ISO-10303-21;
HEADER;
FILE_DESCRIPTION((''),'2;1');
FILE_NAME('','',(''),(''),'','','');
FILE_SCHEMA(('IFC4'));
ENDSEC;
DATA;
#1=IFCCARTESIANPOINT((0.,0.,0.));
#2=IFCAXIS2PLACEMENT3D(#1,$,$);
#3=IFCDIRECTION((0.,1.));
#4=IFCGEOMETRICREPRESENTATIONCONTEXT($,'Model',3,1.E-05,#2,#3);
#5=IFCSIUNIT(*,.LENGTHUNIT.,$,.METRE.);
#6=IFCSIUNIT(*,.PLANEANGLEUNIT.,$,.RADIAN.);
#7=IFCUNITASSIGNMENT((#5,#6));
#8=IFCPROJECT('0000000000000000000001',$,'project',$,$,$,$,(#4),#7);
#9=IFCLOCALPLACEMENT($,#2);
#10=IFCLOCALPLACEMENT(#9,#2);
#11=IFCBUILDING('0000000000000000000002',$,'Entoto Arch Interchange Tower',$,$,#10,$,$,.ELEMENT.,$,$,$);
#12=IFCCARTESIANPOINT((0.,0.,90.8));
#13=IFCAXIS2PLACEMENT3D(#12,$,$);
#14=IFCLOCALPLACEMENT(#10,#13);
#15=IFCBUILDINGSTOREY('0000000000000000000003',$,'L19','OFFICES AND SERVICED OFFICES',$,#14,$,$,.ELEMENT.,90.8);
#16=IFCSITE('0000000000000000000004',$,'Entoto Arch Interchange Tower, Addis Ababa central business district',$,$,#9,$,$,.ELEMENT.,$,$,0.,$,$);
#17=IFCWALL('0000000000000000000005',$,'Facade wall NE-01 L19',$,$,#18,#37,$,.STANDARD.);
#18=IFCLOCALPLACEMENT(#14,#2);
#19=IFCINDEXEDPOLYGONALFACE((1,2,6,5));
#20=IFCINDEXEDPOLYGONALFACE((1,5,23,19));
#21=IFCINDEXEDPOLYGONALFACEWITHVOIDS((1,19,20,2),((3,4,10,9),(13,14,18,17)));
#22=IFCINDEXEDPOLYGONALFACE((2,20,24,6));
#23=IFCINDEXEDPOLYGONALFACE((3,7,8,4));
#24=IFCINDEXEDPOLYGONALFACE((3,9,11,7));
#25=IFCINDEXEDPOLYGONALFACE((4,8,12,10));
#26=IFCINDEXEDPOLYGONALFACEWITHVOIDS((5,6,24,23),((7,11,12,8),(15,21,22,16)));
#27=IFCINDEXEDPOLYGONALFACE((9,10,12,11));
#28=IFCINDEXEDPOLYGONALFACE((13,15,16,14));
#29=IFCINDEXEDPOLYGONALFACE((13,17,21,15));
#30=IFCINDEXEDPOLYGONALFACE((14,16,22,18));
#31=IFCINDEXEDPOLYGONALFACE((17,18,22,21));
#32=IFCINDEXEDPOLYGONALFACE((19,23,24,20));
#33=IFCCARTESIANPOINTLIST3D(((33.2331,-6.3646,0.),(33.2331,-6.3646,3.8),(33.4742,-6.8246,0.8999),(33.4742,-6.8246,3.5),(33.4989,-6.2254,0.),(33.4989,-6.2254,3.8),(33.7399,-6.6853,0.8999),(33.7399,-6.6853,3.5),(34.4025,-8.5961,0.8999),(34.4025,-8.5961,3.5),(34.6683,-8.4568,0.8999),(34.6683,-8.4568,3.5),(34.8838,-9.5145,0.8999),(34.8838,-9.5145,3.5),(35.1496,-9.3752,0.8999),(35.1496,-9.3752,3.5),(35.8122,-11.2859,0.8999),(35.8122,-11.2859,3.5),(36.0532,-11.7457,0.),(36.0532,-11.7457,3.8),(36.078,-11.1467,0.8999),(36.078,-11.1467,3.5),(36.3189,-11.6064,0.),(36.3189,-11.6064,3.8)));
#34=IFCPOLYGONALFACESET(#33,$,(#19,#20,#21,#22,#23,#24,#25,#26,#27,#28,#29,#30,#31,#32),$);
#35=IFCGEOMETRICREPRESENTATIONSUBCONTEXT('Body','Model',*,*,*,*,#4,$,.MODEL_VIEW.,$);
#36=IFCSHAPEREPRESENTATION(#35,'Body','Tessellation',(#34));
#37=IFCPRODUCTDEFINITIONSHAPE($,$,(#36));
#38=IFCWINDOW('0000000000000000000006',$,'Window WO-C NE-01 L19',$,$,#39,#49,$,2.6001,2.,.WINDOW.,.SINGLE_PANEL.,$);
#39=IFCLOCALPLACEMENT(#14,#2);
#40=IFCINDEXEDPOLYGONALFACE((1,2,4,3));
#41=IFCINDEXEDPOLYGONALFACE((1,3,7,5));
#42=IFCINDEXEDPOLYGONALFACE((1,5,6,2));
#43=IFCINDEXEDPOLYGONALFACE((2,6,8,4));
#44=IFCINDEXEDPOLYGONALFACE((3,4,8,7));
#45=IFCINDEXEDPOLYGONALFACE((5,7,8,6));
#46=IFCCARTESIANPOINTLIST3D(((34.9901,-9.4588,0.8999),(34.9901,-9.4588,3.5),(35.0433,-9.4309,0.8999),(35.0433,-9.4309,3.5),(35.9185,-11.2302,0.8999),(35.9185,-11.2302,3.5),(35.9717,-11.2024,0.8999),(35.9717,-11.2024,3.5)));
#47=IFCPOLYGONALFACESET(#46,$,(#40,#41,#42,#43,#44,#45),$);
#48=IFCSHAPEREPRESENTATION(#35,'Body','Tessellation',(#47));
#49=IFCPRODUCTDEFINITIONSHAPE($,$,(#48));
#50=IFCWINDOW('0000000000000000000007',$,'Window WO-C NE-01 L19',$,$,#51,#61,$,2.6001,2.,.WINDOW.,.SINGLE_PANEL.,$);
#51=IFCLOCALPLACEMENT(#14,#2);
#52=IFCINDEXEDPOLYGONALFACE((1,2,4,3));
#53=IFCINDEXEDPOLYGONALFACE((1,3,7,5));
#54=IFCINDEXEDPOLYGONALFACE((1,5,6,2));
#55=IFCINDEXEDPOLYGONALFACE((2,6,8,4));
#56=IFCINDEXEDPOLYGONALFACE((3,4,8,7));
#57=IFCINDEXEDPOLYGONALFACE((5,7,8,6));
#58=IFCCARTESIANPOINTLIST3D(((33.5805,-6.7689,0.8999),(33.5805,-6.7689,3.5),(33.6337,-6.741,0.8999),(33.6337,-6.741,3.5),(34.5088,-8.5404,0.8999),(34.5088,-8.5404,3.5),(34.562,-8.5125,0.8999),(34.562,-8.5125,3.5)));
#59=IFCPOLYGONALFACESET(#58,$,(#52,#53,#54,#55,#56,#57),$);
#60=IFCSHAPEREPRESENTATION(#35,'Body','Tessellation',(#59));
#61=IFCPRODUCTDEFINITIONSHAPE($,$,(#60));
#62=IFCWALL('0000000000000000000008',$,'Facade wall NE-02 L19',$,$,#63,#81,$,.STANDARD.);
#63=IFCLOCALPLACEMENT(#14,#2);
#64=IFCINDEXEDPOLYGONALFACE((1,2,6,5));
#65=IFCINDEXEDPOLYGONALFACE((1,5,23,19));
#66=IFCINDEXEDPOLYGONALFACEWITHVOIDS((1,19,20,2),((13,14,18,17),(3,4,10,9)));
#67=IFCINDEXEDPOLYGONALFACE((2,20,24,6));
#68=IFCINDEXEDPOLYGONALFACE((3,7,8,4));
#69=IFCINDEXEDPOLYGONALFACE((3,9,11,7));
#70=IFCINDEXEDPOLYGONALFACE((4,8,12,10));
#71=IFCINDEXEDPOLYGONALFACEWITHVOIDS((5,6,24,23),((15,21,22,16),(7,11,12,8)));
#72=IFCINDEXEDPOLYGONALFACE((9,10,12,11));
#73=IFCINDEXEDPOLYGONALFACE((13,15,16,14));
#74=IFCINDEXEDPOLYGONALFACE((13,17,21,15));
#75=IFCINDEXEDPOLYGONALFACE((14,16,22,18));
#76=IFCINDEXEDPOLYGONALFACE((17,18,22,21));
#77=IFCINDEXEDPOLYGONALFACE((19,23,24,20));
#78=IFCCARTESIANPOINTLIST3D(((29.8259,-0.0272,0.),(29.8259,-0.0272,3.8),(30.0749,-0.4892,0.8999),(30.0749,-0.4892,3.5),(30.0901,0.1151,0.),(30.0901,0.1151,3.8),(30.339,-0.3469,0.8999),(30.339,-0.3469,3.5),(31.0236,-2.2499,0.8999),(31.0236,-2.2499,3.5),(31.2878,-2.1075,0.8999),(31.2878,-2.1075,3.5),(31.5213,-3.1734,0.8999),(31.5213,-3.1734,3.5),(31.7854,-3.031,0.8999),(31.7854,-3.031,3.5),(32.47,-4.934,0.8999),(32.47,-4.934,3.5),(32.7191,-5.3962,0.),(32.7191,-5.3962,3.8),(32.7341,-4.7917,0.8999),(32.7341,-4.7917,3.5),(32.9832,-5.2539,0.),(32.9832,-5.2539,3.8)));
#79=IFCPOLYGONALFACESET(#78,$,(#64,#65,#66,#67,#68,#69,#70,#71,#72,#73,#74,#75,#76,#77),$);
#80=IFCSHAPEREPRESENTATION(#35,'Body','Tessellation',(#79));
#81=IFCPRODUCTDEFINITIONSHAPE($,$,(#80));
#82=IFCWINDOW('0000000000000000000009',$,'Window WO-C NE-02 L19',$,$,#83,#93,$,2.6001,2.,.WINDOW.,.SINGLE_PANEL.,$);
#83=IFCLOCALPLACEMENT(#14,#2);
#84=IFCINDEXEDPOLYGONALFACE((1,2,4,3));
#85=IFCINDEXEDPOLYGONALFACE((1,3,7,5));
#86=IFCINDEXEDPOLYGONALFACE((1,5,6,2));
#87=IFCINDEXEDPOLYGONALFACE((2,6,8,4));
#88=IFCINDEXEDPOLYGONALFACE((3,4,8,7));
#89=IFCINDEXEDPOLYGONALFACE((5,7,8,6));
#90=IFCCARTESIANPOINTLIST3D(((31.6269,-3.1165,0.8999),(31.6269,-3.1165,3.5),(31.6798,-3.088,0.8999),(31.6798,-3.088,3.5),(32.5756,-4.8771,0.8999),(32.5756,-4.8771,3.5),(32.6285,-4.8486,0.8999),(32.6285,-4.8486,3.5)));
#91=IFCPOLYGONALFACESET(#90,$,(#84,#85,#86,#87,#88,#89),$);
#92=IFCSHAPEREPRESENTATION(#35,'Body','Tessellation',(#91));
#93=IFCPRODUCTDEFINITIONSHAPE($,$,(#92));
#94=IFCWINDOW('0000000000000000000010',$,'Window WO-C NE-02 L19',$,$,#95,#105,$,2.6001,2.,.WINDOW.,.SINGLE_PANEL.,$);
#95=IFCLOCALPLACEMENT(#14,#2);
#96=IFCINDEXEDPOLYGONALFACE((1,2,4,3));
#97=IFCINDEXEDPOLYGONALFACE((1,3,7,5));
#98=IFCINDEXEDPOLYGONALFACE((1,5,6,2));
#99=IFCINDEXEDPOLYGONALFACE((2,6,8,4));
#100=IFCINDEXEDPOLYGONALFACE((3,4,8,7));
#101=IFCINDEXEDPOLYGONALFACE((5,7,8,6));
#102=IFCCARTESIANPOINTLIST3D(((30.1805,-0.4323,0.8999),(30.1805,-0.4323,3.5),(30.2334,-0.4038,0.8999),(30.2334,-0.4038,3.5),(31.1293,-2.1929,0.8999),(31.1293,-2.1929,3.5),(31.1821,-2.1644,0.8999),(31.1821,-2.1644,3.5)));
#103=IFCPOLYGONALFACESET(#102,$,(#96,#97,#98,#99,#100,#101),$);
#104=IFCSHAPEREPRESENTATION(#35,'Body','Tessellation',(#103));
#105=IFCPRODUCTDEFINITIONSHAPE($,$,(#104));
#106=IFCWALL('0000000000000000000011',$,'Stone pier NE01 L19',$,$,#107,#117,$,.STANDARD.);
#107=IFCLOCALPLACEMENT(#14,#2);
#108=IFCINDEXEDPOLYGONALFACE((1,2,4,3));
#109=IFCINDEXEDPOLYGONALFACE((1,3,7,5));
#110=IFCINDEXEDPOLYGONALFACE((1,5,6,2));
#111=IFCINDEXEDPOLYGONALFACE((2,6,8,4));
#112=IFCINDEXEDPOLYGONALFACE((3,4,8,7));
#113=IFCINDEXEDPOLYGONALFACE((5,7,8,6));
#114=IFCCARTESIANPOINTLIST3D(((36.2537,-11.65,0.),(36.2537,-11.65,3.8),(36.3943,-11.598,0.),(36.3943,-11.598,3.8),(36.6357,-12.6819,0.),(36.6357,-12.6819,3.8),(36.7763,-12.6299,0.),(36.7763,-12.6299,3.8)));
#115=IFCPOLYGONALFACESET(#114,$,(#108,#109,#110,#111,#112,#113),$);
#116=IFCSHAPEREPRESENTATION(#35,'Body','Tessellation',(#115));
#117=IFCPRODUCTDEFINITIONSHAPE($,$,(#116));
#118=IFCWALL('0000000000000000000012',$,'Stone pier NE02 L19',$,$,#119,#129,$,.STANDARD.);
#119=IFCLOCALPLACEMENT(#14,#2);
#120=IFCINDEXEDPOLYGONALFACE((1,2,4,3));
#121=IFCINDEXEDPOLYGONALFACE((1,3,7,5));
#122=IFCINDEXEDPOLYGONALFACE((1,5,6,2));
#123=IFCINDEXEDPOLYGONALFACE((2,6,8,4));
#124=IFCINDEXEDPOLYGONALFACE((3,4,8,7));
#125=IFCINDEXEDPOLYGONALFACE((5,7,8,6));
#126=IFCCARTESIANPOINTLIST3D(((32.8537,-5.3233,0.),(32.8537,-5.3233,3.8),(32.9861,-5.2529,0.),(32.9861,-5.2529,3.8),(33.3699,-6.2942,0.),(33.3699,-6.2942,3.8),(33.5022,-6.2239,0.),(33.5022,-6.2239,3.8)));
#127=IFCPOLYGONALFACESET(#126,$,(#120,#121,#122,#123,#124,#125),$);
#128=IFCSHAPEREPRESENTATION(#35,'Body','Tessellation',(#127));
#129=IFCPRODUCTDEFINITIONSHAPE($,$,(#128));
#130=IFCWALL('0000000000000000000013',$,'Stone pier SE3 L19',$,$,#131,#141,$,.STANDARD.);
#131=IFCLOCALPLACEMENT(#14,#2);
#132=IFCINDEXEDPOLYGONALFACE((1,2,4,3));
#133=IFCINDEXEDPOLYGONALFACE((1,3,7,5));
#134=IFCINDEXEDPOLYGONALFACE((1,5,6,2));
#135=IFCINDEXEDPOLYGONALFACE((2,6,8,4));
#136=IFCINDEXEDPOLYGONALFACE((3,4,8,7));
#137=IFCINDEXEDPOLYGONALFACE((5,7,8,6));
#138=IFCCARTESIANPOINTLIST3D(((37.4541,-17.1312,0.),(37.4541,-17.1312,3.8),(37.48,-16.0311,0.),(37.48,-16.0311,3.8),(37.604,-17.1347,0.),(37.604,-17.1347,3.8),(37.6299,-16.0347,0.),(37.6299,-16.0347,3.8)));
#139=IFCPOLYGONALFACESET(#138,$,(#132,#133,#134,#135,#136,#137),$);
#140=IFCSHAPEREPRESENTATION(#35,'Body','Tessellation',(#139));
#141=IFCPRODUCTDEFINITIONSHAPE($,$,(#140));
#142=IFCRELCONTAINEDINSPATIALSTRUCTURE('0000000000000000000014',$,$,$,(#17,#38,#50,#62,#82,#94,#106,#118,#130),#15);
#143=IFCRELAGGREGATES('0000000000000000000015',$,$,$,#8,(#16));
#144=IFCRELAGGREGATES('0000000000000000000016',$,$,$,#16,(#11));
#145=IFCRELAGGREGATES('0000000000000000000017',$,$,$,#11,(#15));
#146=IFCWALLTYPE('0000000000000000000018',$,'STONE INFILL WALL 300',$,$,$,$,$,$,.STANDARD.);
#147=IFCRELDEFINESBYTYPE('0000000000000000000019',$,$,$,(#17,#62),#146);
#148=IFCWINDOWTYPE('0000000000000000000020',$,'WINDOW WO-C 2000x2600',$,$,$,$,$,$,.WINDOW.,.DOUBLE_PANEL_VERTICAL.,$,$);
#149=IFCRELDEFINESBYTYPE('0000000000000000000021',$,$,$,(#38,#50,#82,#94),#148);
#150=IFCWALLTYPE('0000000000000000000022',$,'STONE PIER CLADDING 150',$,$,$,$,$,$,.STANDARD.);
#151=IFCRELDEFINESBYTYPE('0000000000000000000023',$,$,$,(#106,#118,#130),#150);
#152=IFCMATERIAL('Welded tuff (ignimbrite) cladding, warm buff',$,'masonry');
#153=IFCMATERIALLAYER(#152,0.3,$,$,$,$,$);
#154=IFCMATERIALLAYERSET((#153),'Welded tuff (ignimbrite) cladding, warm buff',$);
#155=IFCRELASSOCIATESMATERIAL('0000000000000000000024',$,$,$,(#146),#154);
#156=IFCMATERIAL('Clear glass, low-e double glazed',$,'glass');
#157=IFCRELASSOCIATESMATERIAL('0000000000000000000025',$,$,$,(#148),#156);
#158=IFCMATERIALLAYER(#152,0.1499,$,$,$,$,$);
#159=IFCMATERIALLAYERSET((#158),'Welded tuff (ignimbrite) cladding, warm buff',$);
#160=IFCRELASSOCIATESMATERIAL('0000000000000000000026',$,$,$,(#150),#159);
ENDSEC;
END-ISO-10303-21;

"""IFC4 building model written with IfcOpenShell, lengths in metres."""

from ifc_helpers import new_model, si_unit, direction, frame, frame_2d, origin, place, context, subcontext, project, spatial, rectangle, extrude, material, layer, layer_set, type_object, element, fill, save


model = new_model("IFC4")

# Units and contexts
model_context = context("Model", 3, precision=1e-05, world=origin(), true_north=direction((0.0, 1.0)))
body_context = subcontext(model_context, "Body", "Model", "MODEL_VIEW")
ifc_project = project(units=[si_unit("LENGTHUNIT", "METRE"), si_unit("PLANEANGLEUNIT", "RADIAN")], contexts=[model_context])

# Site, building, storey
site_placement = place(None, origin())
site = spatial("IfcSite", under=ifc_project, at=site_placement, Name="Entoto Arch Interchange Tower, Addis Ababa central business district", CompositionType="ELEMENT", RefElevation=0.0)
building_placement = place(site_placement, origin())
building = spatial("IfcBuilding", under=site, at=building_placement, Name="Entoto Arch Interchange Tower", CompositionType="ELEMENT")
storey_placement = place(building_placement, frame((0.0, 0.0, 90.8)))
storey = spatial("IfcBuildingStorey", under=building, at=storey_placement, Name="L19", Description="OFFICES AND SERVICED OFFICES", CompositionType="ELEMENT", Elevation=90.8)

# Shared definitions
ifc_material_1 = material(Name="Welded tuff (ignimbrite) cladding, warm buff", Category="masonry")
ifc_layer_1 = layer(ifc_material_1, 0.3)
ifc_layer_set_1 = layer_set([ifc_layer_1], Name="Welded tuff (ignimbrite) cladding, warm buff")
wall_type_1 = type_object("IfcWallType", Name="STONE INFILL WALL 300", PredefinedType="STANDARD", material=ifc_layer_set_1)
ifc_material_2 = material(Name="Clear glass, low-e double glazed", Category="glass")

# Walls, openings, windows
wall_1_placement = place(storey_placement, frame((36.186, -11.676, 0.0), z_axis=(0.0, 0.0, 1.0), x_axis=(-0.464187, 0.885737, 0.0)))
wall_1 = element("IfcWall", 1, at=wall_1_placement, inside=storey, type_object=wall_type_1, Name="Facade wall NE-01 L19", PredefinedType="STANDARD", context=body_context, shape_type="SweptSolid", body=[
    extrude(rectangle(XDim=6.0752, YDim=0.3, at=frame_2d((3.0376, 0.0))), origin(), (0.0, 0.0, 1.0), 3.8),
])
opening_1_placement = place(wall_1_placement, frame((0.519, 0.0, 0.8999)))
opening_1 = element("IfcOpeningElement", 2, at=opening_1_placement, cuts=wall_1, PredefinedType="OPENING", context=body_context, shape_type="SweptSolid", body=[
    extrude(rectangle(XDim=2.0, YDim=2.6001, at=frame_2d((1.0, 1.3))), frame((0.0, 0.1602, 0.0), z_axis=(0.0, -1.0, 0.0), x_axis=(1.0, 0.0, 0.0)), (0.0, 0.0, 1.0), 0.3201),
])
opening_2_placement = place(wall_1_placement, frame((3.5559, 0.0, 0.8999)))
opening_2 = element("IfcOpeningElement", 3, at=opening_2_placement, cuts=wall_1, PredefinedType="OPENING", context=body_context, shape_type="SweptSolid", body=[
    extrude(rectangle(XDim=2.0, YDim=2.6001, at=frame_2d((1.0, 1.3))), frame((0.0, 0.1602, 0.0), z_axis=(0.0, -1.0, 0.0), x_axis=(1.0, 0.0, 0.0)), (0.0, 0.0, 1.0), 0.3201),
])
window_type_1 = type_object("IfcWindowType", Name="WINDOW WO-C 2000x2600", PartitioningType="DOUBLE_PANEL_VERTICAL", PredefinedType="WINDOW", material=ifc_material_2)
window_1_placement = place(opening_1_placement, origin())
window_1 = element("IfcWindow", 4, at=window_1_placement, inside=storey, type_object=window_type_1, Name="Window WO-C NE-01 L19", OverallHeight=2.6001, OverallWidth=2.0, PartitioningType="SINGLE_PANEL", PredefinedType="WINDOW", context=body_context, shape_type="SweptSolid", body=[
    extrude(rectangle(XDim=2.0, YDim=2.6001, at=frame_2d((1.0, 1.3))), frame((0.0, 0.03, 0.0), z_axis=(0.0, -1.0, 0.0), x_axis=(1.0, 0.0, 0.0)), (0.0, 0.0, 1.0), 0.0601),
])
fill(opening_1, window_1)
window_2_placement = place(opening_2_placement, origin())
window_2 = element("IfcWindow", 5, at=window_2_placement, inside=storey, type_object=window_type_1, Name="Window WO-C NE-01 L19", OverallHeight=2.6001, OverallWidth=2.0, PartitioningType="SINGLE_PANEL", PredefinedType="WINDOW", context=body_context, shape_type="SweptSolid", body=[
    extrude(rectangle(XDim=2.0, YDim=2.6001, at=frame_2d((1.0, 1.3))), frame((0.0, 0.03, 0.0), z_axis=(0.0, -1.0, 0.0), x_axis=(1.0, 0.0, 0.0)), (0.0, 0.0, 1.0), 0.0601),
])
fill(opening_2, window_2)
wall_2_placement = place(storey_placement, frame((32.8511, -5.325, 0.0), z_axis=(0.0, 0.0, 1.0), x_axis=(-0.47437, 0.880326, 0.0)))
wall_2 = element("IfcWall", 6, at=wall_2_placement, inside=storey, type_object=wall_type_1, Name="Facade wall NE-02 L19", PredefinedType="STANDARD", context=body_context, shape_type="SweptSolid", body=[
    extrude(rectangle(XDim=6.0989, YDim=0.3, at=frame_2d((3.0493, 0.0))), origin(), (0.0, 0.0, 1.0), 3.8),
])
opening_3_placement = place(wall_2_placement, frame((0.5249, 0.0, 0.8999)))
opening_3 = element("IfcOpeningElement", 7, at=opening_3_placement, cuts=wall_2, PredefinedType="OPENING", context=body_context, shape_type="SweptSolid", body=[
    extrude(rectangle(XDim=2.0, YDim=2.6001, at=frame_2d((1.0, 1.3))), frame((0.0, 0.1602, 0.0), z_axis=(0.0, -1.0, 0.0), x_axis=(1.0, 0.0, 0.0)), (0.0, 0.0, 1.0), 0.3201),
])
opening_4_placement = place(wall_2_placement, frame((3.574, 0.0, 0.8999)))
opening_4 = element("IfcOpeningElement", 8, at=opening_4_placement, cuts=wall_2, PredefinedType="OPENING", context=body_context, shape_type="SweptSolid", body=[
    extrude(rectangle(XDim=2.0, YDim=2.6001, at=frame_2d((1.0, 1.3))), frame((0.0, 0.1602, 0.0), z_axis=(0.0, -1.0, 0.0), x_axis=(1.0, 0.0, 0.0)), (0.0, 0.0, 1.0), 0.3201),
])
window_3_placement = place(opening_3_placement, origin())
window_3 = element("IfcWindow", 9, at=window_3_placement, inside=storey, type_object=window_type_1, Name="Window WO-C NE-02 L19", OverallHeight=2.6001, OverallWidth=2.0, PartitioningType="SINGLE_PANEL", PredefinedType="WINDOW", context=body_context, shape_type="SweptSolid", body=[
    extrude(rectangle(XDim=2.0, YDim=2.6001, at=frame_2d((1.0, 1.3))), frame((0.0, 0.03, 0.0), z_axis=(0.0, -1.0, 0.0), x_axis=(1.0, 0.0, 0.0)), (0.0, 0.0, 1.0), 0.0601),
])
fill(opening_3, window_3)
window_4_placement = place(opening_4_placement, origin())
window_4 = element("IfcWindow", 10, at=window_4_placement, inside=storey, type_object=window_type_1, Name="Window WO-C NE-02 L19", OverallHeight=2.6001, OverallWidth=2.0, PartitioningType="SINGLE_PANEL", PredefinedType="WINDOW", context=body_context, shape_type="SweptSolid", body=[
    extrude(rectangle(XDim=2.0, YDim=2.6001, at=frame_2d((1.0, 1.3))), frame((0.0, 0.03, 0.0), z_axis=(0.0, -1.0, 0.0), x_axis=(1.0, 0.0, 0.0)), (0.0, 0.0, 1.0), 0.0601),
])
fill(opening_4, window_4)

# Walls
ifc_layer_2 = layer(ifc_material_1, 0.1499)
ifc_layer_set_2 = layer_set([ifc_layer_2], Name="Welded tuff (ignimbrite) cladding, warm buff")
wall_type_2 = type_object("IfcWallType", Name="STONE PIER CLADDING 150", PredefinedType="STANDARD", material=ifc_layer_set_2)
wall_3_placement = place(storey_placement, frame((36.7061, -12.656, 0.0), z_axis=(0.0, 0.0, 1.0), x_axis=(-0.347206, 0.937789, 0.0)))
element("IfcWall", 11, at=wall_3_placement, inside=storey, type_object=wall_type_2, Name="Stone pier NE01 L19", PredefinedType="STANDARD", context=body_context, shape_type="SweptSolid", body=[
    extrude(rectangle(XDim=1.1003, YDim=0.1499, at=frame_2d((0.5503, 0.0))), origin(), (0.0, 0.0, 1.0), 3.8),
])
wall_4_placement = place(storey_placement, frame((33.436, -6.259, 0.0), z_axis=(0.0, 0.0, 1.0), x_axis=(-0.469366, 0.883004, 0.0)))
element("IfcWall", 12, at=wall_4_placement, inside=storey, type_object=wall_type_2, Name="Stone pier NE02 L19", PredefinedType="STANDARD", context=body_context, shape_type="SweptSolid", body=[
    extrude(rectangle(XDim=1.0996, YDim=0.1499, at=frame_2d((0.5498, 0.0))), origin(), (0.0, 0.0, 1.0), 3.8),
])
wall_5_placement = place(storey_placement, frame((37.5291, -17.1331, 0.0), z_axis=(0.0, 0.0, 1.0), x_axis=(0.023518, 0.999723, 0.0)))
element("IfcWall", 13, at=wall_5_placement, inside=storey, type_object=wall_type_2, Name="Stone pier SE3 L19", PredefinedType="STANDARD", context=body_context, shape_type="SweptSolid", body=[
    extrude(rectangle(XDim=1.1003, YDim=0.1499, at=frame_2d((0.5503, 0.0))), origin(), (0.0, 0.0, 1.0), 3.8),
])

save(model, "model.ifc")
